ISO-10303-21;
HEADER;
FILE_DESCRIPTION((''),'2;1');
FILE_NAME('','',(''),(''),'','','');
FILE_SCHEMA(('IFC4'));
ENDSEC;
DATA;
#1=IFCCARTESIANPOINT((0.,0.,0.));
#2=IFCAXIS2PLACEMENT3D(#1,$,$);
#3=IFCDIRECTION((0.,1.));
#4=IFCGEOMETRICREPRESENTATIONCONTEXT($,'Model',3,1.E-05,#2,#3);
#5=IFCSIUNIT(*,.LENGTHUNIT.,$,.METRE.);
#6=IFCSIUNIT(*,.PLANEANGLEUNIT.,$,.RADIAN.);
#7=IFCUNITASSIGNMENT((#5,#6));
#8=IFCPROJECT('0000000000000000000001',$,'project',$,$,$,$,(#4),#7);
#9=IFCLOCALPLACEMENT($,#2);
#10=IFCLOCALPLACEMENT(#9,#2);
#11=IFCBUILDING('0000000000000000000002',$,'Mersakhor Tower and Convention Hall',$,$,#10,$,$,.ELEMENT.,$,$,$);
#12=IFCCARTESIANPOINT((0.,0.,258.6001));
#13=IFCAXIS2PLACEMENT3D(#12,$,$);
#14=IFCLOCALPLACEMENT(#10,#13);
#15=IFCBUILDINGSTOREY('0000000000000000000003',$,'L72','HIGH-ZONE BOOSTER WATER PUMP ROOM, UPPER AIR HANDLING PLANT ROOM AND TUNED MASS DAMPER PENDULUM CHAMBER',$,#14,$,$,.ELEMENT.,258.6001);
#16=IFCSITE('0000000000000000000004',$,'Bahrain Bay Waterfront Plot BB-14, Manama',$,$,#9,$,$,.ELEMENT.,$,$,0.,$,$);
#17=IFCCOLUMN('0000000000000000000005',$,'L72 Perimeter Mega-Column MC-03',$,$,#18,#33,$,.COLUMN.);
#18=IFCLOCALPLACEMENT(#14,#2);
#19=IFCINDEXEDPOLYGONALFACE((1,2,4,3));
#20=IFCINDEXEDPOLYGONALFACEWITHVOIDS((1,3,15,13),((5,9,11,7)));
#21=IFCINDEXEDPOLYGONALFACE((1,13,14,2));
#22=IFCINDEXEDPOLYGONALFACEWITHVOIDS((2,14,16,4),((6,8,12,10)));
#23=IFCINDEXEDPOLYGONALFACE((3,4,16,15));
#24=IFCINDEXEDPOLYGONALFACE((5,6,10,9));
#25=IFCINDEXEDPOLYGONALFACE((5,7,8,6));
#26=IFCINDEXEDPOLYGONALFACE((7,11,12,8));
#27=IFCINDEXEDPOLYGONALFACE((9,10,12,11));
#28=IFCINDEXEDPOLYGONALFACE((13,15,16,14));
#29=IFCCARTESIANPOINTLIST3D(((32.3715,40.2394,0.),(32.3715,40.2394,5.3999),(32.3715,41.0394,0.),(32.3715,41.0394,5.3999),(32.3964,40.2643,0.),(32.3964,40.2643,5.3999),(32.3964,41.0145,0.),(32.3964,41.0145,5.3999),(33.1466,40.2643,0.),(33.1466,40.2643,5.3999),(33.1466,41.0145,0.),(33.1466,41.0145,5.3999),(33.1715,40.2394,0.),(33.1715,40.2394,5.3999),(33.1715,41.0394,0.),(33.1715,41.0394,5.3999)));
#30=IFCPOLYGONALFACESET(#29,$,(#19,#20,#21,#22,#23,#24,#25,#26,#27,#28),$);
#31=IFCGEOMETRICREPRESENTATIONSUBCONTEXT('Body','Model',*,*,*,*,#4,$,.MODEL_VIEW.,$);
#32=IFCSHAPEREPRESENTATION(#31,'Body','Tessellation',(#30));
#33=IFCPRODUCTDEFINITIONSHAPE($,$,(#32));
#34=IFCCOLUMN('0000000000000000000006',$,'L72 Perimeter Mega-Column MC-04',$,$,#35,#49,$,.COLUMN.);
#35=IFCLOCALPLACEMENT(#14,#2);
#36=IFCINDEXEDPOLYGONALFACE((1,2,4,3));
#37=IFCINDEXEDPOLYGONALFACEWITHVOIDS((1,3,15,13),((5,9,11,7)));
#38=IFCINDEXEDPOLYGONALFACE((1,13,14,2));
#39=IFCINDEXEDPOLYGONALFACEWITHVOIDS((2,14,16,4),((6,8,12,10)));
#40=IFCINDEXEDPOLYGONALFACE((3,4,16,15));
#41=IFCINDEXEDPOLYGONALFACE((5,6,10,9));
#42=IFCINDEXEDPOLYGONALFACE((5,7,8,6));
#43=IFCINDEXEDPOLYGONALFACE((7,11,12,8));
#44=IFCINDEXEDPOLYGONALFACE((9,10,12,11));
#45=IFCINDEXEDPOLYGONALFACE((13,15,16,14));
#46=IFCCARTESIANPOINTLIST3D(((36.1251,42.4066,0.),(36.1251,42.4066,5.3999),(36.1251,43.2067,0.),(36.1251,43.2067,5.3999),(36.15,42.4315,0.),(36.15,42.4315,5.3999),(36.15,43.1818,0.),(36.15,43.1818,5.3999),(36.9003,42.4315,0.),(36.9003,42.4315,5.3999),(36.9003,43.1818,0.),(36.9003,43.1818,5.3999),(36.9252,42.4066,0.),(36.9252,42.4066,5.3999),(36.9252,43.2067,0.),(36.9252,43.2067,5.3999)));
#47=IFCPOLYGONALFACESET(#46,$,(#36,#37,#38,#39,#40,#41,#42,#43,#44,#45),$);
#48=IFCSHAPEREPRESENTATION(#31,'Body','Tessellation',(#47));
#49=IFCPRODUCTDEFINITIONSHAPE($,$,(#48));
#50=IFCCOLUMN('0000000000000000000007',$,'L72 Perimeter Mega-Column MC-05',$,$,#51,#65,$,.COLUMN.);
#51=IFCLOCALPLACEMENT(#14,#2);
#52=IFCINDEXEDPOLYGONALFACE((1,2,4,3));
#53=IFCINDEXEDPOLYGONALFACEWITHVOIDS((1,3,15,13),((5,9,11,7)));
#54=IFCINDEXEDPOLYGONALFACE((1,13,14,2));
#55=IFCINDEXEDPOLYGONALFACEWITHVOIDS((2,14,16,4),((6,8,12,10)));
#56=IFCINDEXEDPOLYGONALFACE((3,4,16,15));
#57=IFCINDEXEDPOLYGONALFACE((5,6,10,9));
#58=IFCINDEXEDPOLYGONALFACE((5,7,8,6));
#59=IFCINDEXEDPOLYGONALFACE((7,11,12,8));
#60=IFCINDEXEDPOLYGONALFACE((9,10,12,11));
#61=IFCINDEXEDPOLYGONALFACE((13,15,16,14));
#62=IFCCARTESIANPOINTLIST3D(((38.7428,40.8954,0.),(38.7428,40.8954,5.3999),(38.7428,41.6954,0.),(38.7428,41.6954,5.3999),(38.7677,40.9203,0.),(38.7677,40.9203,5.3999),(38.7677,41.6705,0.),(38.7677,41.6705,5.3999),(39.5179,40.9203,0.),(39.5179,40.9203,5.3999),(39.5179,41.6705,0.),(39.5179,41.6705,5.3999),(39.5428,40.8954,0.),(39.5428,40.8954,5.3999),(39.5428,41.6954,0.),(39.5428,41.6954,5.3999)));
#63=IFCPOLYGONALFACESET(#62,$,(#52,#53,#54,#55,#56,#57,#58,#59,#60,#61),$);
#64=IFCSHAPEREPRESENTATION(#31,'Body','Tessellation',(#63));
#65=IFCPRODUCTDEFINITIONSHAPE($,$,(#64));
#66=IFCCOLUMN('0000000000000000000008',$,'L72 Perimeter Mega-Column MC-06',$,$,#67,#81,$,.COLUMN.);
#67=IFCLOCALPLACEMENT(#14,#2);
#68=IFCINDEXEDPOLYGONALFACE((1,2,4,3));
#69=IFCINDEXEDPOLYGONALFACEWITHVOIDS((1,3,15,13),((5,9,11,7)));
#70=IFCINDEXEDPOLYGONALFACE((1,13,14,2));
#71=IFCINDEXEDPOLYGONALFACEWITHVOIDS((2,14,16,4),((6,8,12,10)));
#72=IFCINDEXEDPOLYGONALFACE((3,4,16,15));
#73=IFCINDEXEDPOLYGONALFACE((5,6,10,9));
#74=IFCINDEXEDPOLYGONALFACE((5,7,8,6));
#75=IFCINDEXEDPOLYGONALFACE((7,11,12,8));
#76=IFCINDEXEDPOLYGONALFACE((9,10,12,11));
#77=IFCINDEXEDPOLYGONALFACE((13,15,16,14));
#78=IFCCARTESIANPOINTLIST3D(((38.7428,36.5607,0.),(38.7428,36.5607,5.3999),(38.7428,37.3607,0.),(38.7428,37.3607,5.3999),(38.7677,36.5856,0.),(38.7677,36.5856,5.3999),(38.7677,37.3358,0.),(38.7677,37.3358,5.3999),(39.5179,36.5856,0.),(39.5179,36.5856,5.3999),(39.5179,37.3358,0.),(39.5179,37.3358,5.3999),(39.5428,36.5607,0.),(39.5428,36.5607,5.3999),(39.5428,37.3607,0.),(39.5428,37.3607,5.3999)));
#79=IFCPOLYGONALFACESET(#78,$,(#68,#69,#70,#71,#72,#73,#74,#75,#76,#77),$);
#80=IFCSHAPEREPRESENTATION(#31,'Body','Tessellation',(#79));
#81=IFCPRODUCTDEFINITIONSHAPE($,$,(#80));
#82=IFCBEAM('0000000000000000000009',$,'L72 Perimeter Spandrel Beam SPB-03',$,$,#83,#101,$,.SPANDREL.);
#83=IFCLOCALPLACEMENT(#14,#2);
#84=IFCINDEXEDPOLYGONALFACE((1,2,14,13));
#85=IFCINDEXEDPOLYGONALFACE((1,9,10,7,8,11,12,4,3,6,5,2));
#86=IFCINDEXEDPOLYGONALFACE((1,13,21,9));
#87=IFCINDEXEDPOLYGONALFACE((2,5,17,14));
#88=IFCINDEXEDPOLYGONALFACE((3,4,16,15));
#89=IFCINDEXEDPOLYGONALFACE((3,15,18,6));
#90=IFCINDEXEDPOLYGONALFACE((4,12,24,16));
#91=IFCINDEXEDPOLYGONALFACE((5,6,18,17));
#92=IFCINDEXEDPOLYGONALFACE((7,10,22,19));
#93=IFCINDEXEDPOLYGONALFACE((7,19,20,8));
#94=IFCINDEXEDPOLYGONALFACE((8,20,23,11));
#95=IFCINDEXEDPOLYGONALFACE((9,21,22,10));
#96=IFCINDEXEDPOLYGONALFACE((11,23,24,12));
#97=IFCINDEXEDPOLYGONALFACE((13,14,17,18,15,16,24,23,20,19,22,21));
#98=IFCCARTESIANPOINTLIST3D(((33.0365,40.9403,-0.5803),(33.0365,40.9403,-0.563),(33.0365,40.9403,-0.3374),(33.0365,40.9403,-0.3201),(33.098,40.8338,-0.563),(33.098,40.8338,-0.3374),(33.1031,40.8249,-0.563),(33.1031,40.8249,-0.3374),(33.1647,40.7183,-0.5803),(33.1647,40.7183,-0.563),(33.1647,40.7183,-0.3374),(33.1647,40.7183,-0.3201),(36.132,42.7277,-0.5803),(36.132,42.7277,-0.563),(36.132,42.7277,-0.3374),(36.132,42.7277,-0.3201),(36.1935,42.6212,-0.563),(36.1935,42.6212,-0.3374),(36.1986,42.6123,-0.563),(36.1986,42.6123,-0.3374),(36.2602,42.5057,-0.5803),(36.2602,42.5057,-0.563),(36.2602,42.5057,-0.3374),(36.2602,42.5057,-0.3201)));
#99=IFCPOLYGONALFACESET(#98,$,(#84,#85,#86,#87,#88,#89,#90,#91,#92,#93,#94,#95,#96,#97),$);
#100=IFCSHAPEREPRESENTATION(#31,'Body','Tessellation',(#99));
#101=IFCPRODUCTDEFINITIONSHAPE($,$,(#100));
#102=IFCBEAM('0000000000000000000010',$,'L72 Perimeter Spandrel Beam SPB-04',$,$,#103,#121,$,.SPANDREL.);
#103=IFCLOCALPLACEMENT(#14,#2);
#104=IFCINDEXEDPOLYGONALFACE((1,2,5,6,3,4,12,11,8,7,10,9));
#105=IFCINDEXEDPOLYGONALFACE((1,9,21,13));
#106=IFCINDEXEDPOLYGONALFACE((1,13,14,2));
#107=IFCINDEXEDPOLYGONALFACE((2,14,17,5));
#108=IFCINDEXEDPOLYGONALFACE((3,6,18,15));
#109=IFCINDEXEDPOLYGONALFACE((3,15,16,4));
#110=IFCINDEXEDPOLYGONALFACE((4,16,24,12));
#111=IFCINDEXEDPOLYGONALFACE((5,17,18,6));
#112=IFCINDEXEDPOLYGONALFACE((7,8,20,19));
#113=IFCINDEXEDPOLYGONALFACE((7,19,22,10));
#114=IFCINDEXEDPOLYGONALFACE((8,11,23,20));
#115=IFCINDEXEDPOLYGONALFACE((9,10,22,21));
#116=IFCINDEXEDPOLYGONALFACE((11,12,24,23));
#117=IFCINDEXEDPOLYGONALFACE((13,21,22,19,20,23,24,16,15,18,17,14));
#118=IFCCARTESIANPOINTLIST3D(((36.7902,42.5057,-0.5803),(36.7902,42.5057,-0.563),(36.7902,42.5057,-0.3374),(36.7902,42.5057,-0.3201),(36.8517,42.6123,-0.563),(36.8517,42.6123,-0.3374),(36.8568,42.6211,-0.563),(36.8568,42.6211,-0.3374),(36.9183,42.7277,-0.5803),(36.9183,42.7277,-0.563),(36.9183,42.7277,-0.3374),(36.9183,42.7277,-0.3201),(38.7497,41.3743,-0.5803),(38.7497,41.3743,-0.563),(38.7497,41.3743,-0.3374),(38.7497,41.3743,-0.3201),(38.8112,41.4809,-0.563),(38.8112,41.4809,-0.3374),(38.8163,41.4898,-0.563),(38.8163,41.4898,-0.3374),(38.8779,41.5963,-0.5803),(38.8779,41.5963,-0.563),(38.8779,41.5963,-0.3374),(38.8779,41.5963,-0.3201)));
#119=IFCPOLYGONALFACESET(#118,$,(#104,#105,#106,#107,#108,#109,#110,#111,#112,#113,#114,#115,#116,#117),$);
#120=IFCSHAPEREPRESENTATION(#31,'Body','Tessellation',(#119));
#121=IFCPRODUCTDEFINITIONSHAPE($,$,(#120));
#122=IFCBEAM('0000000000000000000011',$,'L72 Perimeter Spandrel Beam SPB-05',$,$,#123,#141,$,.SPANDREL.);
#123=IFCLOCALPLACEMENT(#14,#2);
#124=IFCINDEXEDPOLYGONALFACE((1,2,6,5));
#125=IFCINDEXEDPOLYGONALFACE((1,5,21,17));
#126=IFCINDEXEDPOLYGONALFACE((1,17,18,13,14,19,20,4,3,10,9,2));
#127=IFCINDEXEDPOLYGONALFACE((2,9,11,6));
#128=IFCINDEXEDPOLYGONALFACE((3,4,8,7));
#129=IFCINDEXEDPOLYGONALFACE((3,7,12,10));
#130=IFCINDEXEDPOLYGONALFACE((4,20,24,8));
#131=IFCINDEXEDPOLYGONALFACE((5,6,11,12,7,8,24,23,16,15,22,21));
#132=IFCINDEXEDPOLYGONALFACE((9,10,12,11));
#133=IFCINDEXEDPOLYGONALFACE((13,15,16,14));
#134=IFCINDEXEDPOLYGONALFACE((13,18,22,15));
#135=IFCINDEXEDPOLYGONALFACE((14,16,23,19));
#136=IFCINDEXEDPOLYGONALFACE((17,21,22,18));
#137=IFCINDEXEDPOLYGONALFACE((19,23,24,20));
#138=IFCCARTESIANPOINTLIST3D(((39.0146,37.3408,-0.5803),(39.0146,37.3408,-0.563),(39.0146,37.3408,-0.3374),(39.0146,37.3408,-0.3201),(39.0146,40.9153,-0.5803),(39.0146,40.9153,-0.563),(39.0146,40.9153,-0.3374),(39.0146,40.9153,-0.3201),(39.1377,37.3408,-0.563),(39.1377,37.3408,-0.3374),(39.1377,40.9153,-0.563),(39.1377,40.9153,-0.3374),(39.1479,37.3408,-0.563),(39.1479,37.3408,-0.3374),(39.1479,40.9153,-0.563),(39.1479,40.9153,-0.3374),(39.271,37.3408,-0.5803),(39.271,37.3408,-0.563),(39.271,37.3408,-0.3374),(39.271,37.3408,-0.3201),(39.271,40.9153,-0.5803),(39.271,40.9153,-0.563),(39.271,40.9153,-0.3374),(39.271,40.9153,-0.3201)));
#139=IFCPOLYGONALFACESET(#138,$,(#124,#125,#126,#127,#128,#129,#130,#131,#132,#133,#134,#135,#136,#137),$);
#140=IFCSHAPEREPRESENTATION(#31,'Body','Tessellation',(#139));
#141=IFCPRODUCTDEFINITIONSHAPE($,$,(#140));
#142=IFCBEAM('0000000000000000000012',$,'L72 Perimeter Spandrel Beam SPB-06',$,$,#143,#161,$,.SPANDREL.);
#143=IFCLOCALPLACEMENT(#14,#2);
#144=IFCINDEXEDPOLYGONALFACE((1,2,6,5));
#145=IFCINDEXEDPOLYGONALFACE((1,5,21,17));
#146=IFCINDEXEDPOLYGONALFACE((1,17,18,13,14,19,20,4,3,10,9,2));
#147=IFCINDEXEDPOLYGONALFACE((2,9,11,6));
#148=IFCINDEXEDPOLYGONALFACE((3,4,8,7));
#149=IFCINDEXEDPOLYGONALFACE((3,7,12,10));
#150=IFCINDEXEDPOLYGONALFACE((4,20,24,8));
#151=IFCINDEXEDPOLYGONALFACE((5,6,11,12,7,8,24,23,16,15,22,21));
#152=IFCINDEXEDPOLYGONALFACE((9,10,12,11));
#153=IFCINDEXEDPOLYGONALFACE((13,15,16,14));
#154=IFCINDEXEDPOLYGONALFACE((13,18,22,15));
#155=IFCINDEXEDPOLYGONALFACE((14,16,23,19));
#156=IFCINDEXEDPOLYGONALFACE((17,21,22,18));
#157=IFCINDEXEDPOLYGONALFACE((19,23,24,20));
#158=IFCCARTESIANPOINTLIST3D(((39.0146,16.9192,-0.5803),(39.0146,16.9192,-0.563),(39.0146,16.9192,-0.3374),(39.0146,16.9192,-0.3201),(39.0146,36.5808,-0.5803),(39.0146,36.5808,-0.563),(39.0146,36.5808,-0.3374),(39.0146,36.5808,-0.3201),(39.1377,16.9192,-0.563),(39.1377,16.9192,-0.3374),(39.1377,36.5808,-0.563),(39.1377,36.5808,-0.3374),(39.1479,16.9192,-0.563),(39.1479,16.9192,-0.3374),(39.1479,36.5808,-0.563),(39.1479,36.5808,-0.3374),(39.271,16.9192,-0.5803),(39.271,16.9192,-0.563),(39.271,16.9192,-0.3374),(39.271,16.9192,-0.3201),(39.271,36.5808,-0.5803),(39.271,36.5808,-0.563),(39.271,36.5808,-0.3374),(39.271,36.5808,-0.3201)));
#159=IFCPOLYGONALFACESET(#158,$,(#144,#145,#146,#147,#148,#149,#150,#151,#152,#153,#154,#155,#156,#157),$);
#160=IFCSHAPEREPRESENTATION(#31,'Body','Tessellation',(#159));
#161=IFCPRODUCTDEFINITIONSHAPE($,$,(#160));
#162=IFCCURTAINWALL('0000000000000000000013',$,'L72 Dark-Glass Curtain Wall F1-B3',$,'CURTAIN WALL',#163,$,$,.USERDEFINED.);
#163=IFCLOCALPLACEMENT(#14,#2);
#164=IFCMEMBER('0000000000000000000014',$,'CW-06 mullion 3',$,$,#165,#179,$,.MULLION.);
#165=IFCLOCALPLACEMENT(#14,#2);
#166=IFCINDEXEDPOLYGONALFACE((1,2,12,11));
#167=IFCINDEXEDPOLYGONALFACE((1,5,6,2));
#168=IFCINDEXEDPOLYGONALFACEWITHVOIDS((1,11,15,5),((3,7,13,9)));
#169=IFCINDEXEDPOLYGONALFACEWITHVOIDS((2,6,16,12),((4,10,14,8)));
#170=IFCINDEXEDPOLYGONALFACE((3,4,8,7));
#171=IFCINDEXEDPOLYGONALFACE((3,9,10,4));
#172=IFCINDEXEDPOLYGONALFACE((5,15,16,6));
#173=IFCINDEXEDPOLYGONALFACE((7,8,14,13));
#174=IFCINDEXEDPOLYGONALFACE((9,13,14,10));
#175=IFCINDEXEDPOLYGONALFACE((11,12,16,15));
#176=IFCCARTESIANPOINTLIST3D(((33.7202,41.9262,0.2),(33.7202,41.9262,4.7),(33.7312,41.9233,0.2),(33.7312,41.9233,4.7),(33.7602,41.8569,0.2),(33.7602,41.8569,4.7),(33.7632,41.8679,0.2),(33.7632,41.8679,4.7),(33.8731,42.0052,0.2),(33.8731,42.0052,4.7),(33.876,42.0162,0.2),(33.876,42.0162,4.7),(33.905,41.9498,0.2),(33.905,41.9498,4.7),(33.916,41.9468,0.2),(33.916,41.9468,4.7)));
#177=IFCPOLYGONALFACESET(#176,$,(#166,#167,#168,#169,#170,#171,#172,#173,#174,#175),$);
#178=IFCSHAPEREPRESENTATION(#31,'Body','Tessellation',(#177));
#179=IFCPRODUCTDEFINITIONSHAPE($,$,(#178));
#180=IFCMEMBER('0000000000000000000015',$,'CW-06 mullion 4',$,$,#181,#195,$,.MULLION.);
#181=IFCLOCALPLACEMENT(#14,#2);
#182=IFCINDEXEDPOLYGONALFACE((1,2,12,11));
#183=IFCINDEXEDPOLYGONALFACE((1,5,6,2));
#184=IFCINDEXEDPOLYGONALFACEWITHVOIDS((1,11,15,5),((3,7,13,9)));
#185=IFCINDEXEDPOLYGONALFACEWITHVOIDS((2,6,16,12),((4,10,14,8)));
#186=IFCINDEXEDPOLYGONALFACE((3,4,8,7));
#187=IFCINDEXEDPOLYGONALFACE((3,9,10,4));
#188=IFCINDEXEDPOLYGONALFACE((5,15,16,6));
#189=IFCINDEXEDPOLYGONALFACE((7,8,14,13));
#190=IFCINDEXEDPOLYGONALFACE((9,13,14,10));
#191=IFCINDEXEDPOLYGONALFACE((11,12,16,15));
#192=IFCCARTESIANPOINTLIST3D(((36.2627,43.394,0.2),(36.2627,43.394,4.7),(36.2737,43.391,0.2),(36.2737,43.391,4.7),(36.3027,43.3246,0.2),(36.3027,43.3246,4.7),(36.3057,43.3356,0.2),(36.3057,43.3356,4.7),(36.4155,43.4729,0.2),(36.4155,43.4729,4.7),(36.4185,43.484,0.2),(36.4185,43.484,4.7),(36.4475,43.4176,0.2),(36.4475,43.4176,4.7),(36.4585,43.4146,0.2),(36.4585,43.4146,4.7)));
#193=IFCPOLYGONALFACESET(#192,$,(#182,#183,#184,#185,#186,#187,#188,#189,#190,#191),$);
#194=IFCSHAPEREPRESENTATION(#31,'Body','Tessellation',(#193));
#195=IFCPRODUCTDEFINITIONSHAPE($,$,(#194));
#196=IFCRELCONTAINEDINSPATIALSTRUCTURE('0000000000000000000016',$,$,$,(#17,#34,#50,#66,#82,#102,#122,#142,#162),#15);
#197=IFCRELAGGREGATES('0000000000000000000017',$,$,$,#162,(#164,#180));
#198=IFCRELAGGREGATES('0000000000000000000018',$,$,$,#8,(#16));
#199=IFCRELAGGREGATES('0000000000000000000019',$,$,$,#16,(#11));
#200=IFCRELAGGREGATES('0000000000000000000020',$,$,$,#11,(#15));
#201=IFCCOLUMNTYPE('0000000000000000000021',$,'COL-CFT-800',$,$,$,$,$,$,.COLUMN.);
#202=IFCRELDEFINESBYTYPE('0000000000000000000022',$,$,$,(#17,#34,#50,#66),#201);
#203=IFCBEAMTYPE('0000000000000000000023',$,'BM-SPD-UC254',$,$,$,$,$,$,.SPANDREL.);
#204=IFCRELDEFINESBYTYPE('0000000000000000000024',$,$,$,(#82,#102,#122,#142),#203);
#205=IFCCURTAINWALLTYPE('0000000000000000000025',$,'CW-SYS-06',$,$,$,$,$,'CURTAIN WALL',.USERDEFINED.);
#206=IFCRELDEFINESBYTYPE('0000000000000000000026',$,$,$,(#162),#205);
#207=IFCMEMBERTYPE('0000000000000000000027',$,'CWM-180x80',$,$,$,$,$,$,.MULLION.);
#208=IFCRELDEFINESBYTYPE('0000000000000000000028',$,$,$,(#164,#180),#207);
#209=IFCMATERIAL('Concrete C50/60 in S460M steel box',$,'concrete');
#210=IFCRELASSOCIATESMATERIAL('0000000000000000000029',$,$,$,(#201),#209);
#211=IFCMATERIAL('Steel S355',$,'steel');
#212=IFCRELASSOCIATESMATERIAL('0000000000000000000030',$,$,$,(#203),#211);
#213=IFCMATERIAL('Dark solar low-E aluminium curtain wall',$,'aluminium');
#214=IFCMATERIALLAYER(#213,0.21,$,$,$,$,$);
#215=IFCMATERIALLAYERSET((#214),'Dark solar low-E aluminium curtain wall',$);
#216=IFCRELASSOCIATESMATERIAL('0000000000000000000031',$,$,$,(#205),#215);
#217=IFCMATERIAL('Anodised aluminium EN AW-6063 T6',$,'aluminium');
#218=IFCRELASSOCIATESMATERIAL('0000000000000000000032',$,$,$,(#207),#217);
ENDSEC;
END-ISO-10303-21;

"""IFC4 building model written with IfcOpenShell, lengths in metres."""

from ifc_helpers import new_model, si_unit, direction, frame, origin, origin_2d, place, context, subcontext, project, spatial, hollow_rectangle, i_section, extrude, material, layer, layer_set, material_profile, profile_set, type_object, element, aggregate, save


model = new_model("IFC4")

# Units and contexts
model_context = context("Model", 3, precision=1e-05, world=origin(), true_north=direction((0.0, 1.0)))
body_context = subcontext(model_context, "Body", "Model", "MODEL_VIEW")
ifc_project = project(units=[si_unit("LENGTHUNIT", "METRE"), si_unit("PLANEANGLEUNIT", "RADIAN")], contexts=[model_context])

# Site, building, storey
site_placement = place(None, origin())
site = spatial("IfcSite", under=ifc_project, at=site_placement, Name="Bahrain Bay Waterfront Plot BB-14, Manama", CompositionType="ELEMENT", RefElevation=0.0)
building_placement = place(site_placement, origin())
building = spatial("IfcBuilding", under=site, at=building_placement, Name="Mersakhor Tower and Convention Hall", CompositionType="ELEMENT")
storey_placement = place(building_placement, frame((0.0, 0.0, 258.6001)))
storey = spatial("IfcBuildingStorey", under=building, at=storey_placement, Name="L72", Description="HIGH-ZONE BOOSTER WATER PUMP ROOM, UPPER AIR HANDLING PLANT ROOM AND TUNED MASS DAMPER PENDULUM CHAMBER", CompositionType="ELEMENT", Elevation=258.6001)

# Columns
ifc_material_1 = material(Name="Concrete C50/60 in S460M steel box", Category="concrete")
ifc_material_profile_1 = material_profile(ifc_material_1, hollow_rectangle(XDim=0.8, YDim=0.8, WallThickness=0.0249, at=origin_2d()), Name="SHS 800x800x25")
ifc_profile_set_1 = profile_set([ifc_material_profile_1], Name="Concrete C50/60 in S460M steel box")
column_type = type_object("IfcColumnType", Name="COL-CFT-800", PredefinedType="COLUMN", material=ifc_profile_set_1)
for number, where, z_axis, x_axis, name in (
    (1, (32.7715, 40.6394, 0.0), (0.0, 0.0, 1.0), (1.0, 0.0, 0.0), "L72 Perimeter Mega-Column MC-03"),
    (2, (36.5251, 42.8066, 0.0), (0.0, 0.0, 1.0), (1.0, 0.0, 0.0), "L72 Perimeter Mega-Column MC-04"),
    (3, (39.1428, 41.2954, 0.0), (0.0, 0.0, 1.0), (1.0, 0.0, 0.0), "L72 Perimeter Mega-Column MC-05"),
    (4, (39.1428, 36.9607, 0.0), (0.0, 0.0, 1.0), (1.0, 0.0, 0.0), "L72 Perimeter Mega-Column MC-06"),
):
    element("IfcColumn", number, at=place(storey_placement, frame(where, z_axis=z_axis, x_axis=x_axis)), inside=storey, type_object=column_type, Name=name, PredefinedType="COLUMN", context=body_context, shape_type="SweptSolid", body=[
        extrude(hollow_rectangle(XDim=0.8, YDim=0.8, WallThickness=0.0249, at=origin_2d()), origin(), (0.0, 0.0, 1.0), 5.3999),
    ])

# Beams
ifc_material_2 = material(Name="Steel S355", Category="steel")
ifc_material_profile_2 = material_profile(ifc_material_2, i_section(OverallWidth=0.2563, OverallDepth=0.2603, WebThickness=0.0103, FlangeThickness=0.0173, at=origin_2d()), Name="UC 254x254x89")
ifc_profile_set_2 = profile_set([ifc_material_profile_2], Name="Steel S355")
beam_type = type_object("IfcBeamType", Name="BM-SPD-UC254", PredefinedType="SPANDREL", material=ifc_profile_set_2)
beam_1_placement = place(storey_placement, frame((33.1006, 40.8293, -0.4502), z_axis=(0.866002, 0.50004, 0.0), x_axis=(-0.50004, 0.866002, 0.0)))
element("IfcBeam", 5, at=beam_1_placement, inside=storey, type_object=beam_type, Name="L72 Perimeter Spandrel Beam SPB-03", PredefinedType="SPANDREL", context=body_context, shape_type="SweptSolid", body=[
    extrude(i_section(OverallWidth=0.2563, OverallDepth=0.2603, WebThickness=0.0103, FlangeThickness=0.0173, at=origin_2d()), origin(), (0.0, 0.0, 1.0), 3.5745),
])
beam_2_placement = place(storey_placement, frame((36.8542, 42.6167, -0.4502), z_axis=(0.866017, -0.500015, 0.0), x_axis=(0.500015, 0.866017, 0.0)))
element("IfcBeam", 6, at=beam_2_placement, inside=storey, type_object=beam_type, Name="L72 Perimeter Spandrel Beam SPB-04", PredefinedType="SPANDREL", context=body_context, shape_type="SweptSolid", body=[
    extrude(i_section(OverallWidth=0.2563, OverallDepth=0.2603, WebThickness=0.0103, FlangeThickness=0.0173, at=origin_2d()), origin(), (0.0, 0.0, 1.0), 2.2627),
])
beam_3_placement = place(storey_placement, frame((39.1428, 40.9153, -0.4502), z_axis=(0.0, -1.0, 0.0), x_axis=(1.0, 0.0, 0.0)))
element("IfcBeam", 7, at=beam_3_placement, inside=storey, type_object=beam_type, Name="L72 Perimeter Spandrel Beam SPB-05", PredefinedType="SPANDREL", context=body_context, shape_type="SweptSolid", body=[
    extrude(i_section(OverallWidth=0.2563, OverallDepth=0.2603, WebThickness=0.0103, FlangeThickness=0.0173, at=origin_2d()), origin(), (0.0, 0.0, 1.0), 3.5745),
])
beam_4_placement = place(storey_placement, frame((39.1428, 36.5808, -0.4502), z_axis=(0.0, -1.0, 0.0), x_axis=(1.0, 0.0, 0.0)))
element("IfcBeam", 8, at=beam_4_placement, inside=storey, type_object=beam_type, Name="L72 Perimeter Spandrel Beam SPB-06", PredefinedType="SPANDREL", context=body_context, shape_type="SweptSolid", body=[
    extrude(i_section(OverallWidth=0.2563, OverallDepth=0.2603, WebThickness=0.0103, FlangeThickness=0.0173, at=origin_2d()), origin(), (0.0, 0.0, 1.0), 19.6616),
])

# Curtain wall, members
ifc_material_3 = material(Name="Dark solar low-E aluminium curtain wall", Category="aluminium")
ifc_layer_1 = layer(ifc_material_3, 0.21)
ifc_layer_set_1 = layer_set([ifc_layer_1], Name="Dark solar low-E aluminium curtain wall")
curtain_wall_type = type_object("IfcCurtainWallType", Name="CW-SYS-06", ElementType="CURTAIN WALL", PredefinedType="USERDEFINED", material=ifc_layer_set_1)
curtain_wall_1_placement = place(storey_placement, origin())
curtain_wall_1 = element("IfcCurtainWall", 9, at=curtain_wall_1_placement, inside=storey, type_object=curtain_wall_type, Name="L72 Dark-Glass Curtain Wall F1-B3", ObjectType="CURTAIN WALL", PredefinedType="USERDEFINED")
ifc_material_4 = material(Name="Anodised aluminium EN AW-6063 T6", Category="aluminium")
ifc_material_profile_3 = material_profile(ifc_material_4, hollow_rectangle(XDim=0.0801, YDim=0.1799, WallThickness=0.0081, at=origin_2d()), Name="RHS 180x80x8")
ifc_profile_set_3 = profile_set([ifc_material_profile_3], Name="Anodised aluminium EN AW-6063 T6")
member_type_1 = type_object("IfcMemberType", Name="CWM-180x80", PredefinedType="MULLION", material=ifc_profile_set_3)
member_1_placement = place(storey_placement, frame((33.8181, 41.9365, 0.2), z_axis=(0.0, 0.0, 1.0), x_axis=(-0.5, 0.866025, 0.0)))
member_1 = element("IfcMember", 10, at=member_1_placement, type_object=member_type_1, Name="CW-06 mullion 3", PredefinedType="MULLION", context=body_context, shape_type="SweptSolid", body=[
    extrude(hollow_rectangle(XDim=0.0801, YDim=0.1799, WallThickness=0.0081, at=origin_2d()), origin(), (0.0, 0.0, 1.0), 4.5),
])
member_2_placement = place(storey_placement, frame((36.3606, 43.4043, 0.2), z_axis=(0.0, 0.0, 1.0), x_axis=(-0.5, 0.866025, 0.0)))
member_2 = element("IfcMember", 11, at=member_2_placement, type_object=member_type_1, Name="CW-06 mullion 4", PredefinedType="MULLION", context=body_context, shape_type="SweptSolid", body=[
    extrude(hollow_rectangle(XDim=0.0801, YDim=0.1799, WallThickness=0.0081, at=origin_2d()), origin(), (0.0, 0.0, 1.0), 4.5),
])

aggregate(curtain_wall_1, [member_1, member_2])

save(model, "model.ifc")
